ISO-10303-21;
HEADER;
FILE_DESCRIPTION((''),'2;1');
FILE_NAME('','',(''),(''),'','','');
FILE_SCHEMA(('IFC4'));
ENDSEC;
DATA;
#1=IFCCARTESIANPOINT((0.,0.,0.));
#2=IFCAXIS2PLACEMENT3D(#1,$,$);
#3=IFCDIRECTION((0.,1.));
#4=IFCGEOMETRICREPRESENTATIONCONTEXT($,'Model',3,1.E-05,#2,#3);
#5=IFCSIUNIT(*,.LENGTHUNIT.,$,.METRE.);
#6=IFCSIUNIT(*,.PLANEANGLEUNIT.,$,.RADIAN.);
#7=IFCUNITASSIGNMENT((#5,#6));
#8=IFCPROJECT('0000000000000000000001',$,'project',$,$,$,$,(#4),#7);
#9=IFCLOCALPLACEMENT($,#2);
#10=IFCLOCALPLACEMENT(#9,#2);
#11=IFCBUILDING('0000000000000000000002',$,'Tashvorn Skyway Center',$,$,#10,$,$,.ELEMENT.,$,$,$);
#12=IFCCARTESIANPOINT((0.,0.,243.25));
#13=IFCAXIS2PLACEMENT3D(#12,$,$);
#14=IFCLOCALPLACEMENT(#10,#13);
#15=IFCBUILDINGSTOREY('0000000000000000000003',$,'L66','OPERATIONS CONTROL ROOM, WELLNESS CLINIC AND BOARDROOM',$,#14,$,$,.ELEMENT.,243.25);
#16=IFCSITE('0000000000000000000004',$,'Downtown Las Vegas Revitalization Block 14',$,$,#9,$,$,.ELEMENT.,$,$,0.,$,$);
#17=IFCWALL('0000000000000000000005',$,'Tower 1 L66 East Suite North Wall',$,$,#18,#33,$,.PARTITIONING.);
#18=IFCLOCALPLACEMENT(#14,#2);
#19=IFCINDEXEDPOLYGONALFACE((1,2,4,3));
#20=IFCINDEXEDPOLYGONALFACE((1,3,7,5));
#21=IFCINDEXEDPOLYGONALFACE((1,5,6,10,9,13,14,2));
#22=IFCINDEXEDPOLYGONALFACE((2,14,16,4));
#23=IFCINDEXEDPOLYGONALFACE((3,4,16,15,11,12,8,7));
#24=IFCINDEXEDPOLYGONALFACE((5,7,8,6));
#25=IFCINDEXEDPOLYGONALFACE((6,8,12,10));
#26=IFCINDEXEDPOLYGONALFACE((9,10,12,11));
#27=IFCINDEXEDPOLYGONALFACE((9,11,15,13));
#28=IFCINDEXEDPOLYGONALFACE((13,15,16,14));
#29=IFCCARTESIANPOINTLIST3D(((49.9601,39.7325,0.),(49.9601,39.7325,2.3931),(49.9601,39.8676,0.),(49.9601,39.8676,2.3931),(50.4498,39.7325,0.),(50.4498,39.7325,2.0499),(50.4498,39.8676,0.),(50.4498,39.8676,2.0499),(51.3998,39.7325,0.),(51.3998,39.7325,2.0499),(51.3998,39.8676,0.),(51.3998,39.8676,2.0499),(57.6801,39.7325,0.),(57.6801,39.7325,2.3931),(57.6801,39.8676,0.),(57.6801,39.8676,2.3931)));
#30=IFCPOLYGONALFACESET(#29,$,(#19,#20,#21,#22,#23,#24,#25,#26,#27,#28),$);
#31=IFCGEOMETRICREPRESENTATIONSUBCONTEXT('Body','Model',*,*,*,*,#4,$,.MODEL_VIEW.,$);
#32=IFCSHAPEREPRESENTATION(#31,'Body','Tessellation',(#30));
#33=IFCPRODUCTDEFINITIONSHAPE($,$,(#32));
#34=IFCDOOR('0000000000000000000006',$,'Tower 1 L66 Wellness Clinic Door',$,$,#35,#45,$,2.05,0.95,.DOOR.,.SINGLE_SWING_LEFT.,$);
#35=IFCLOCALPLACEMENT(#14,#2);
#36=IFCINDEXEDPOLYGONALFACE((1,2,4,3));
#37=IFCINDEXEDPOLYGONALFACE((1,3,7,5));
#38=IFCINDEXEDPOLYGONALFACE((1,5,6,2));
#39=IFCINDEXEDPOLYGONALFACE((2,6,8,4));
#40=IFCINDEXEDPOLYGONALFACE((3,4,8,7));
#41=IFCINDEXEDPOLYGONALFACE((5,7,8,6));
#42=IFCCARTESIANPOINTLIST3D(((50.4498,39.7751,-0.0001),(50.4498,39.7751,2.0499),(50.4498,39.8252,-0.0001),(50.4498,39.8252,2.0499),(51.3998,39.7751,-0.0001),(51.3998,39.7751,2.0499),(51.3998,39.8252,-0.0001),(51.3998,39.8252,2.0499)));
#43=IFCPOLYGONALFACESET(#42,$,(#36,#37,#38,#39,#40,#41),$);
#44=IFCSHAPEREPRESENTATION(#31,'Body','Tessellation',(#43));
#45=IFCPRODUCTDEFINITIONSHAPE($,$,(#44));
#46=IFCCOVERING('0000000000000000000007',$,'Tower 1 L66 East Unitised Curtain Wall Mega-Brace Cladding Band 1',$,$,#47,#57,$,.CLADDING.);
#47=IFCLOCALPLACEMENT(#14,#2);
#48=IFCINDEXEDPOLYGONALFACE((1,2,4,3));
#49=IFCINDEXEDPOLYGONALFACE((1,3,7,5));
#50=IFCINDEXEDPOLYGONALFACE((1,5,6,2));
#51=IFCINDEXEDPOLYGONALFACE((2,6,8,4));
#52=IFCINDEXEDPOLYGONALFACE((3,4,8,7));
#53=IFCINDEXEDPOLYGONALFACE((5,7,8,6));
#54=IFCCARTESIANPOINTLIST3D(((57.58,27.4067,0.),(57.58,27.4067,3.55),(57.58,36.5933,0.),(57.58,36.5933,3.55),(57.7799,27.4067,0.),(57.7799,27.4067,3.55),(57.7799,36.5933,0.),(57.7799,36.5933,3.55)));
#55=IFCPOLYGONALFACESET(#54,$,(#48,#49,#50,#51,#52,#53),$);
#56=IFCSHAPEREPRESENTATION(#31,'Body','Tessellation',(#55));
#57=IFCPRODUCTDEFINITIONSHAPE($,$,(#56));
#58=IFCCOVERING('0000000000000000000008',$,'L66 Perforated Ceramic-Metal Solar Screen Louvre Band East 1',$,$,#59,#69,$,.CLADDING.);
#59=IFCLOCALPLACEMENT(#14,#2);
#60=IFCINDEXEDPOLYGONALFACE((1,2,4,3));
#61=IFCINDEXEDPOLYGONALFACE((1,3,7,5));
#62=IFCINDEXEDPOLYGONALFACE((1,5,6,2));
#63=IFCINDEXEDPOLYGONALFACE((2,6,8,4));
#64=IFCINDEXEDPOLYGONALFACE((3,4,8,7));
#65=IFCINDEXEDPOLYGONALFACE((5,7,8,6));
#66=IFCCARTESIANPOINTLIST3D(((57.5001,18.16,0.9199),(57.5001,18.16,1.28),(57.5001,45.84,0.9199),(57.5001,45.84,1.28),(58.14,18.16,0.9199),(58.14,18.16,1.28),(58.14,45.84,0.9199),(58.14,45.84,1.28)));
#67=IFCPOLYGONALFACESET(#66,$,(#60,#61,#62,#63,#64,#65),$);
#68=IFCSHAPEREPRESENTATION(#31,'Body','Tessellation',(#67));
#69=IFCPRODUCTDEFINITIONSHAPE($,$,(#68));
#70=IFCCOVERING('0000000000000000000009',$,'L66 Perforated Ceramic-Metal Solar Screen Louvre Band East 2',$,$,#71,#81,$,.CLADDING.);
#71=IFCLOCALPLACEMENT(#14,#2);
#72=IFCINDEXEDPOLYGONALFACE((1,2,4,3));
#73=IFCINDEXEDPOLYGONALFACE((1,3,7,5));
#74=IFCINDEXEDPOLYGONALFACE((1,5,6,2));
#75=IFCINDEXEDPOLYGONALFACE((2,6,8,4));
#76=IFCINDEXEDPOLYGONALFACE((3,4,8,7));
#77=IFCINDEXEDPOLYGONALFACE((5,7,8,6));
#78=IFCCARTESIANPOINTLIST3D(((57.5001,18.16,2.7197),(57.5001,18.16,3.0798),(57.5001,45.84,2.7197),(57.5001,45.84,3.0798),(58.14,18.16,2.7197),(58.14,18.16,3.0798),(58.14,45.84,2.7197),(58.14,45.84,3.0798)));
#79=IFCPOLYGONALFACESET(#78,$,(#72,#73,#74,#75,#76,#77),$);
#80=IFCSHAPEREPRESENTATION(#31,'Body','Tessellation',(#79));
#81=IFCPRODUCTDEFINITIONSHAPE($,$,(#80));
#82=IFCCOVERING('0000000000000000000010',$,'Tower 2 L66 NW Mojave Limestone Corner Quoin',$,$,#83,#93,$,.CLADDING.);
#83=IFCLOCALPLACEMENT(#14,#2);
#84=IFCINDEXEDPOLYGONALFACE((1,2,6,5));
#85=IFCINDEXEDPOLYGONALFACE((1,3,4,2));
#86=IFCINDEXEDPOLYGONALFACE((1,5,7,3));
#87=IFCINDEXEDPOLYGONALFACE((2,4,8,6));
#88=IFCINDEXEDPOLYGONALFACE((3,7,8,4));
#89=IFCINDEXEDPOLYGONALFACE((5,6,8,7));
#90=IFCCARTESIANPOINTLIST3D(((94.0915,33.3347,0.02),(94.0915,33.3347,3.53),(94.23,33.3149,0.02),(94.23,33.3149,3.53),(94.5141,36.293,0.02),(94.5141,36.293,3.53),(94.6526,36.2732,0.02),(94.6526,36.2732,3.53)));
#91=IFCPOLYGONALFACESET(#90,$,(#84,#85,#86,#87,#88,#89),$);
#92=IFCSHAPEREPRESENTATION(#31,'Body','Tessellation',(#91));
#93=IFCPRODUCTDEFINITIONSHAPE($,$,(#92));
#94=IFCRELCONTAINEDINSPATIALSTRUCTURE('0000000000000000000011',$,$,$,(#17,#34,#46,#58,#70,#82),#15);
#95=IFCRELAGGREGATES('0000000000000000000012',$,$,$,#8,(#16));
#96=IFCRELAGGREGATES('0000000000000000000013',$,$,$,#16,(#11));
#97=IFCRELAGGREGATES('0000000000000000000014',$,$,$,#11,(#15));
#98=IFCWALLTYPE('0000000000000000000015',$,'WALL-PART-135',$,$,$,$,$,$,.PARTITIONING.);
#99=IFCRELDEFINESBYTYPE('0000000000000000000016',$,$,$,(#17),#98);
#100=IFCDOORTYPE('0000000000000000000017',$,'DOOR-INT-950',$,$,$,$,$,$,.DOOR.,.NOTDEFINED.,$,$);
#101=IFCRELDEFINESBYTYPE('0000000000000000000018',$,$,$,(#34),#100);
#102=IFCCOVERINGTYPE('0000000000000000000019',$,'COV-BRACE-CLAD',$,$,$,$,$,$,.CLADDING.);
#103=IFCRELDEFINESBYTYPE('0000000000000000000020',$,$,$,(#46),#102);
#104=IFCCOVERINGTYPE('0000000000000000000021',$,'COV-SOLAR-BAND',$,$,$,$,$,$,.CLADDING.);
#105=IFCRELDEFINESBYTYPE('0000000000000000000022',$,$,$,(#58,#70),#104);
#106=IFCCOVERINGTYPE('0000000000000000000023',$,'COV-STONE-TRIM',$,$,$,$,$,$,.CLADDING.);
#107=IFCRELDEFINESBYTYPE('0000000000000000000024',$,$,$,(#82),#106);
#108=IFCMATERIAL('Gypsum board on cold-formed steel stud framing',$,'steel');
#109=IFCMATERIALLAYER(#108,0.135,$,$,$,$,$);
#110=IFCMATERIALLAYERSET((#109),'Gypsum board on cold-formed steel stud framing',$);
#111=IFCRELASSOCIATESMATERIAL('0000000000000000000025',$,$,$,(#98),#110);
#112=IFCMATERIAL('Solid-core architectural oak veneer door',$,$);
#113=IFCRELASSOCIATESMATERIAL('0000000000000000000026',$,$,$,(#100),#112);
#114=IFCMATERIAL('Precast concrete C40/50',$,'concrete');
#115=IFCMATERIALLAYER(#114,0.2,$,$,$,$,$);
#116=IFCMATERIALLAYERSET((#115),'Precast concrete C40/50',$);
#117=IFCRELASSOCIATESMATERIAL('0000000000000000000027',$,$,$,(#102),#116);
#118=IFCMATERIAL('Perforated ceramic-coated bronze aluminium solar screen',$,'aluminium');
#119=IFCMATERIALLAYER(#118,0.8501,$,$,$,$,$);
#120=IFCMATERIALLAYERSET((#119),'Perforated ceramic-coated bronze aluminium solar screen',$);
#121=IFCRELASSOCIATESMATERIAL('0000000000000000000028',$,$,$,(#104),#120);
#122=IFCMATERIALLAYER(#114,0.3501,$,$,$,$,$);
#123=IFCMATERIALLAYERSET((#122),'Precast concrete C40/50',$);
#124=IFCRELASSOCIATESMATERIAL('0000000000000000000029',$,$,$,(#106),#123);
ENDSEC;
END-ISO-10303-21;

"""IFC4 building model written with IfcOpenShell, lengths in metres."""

from ifc_helpers import new_model, si_unit, direction, frame, frame_2d, origin, origin_2d, place, context, subcontext, project, spatial, rectangle, extrude, material, layer, layer_set, type_object, element, fill, save


model = new_model("IFC4")

# Units and contexts
model_context = context("Model", 3, precision=1e-05, world=origin(), true_north=direction((0.0, 1.0)))
body_context = subcontext(model_context, "Body", "Model", "MODEL_VIEW")
ifc_project = project(units=[si_unit("LENGTHUNIT", "METRE"), si_unit("PLANEANGLEUNIT", "RADIAN")], contexts=[model_context])

# Site, building, storey
site_placement = place(None, origin())
site = spatial("IfcSite", under=ifc_project, at=site_placement, Name="Downtown Las Vegas Revitalization Block 14", CompositionType="ELEMENT", RefElevation=0.0)
building_placement = place(site_placement, origin())
building = spatial("IfcBuilding", under=site, at=building_placement, Name="Tashvorn Skyway Center", CompositionType="ELEMENT")
storey_placement = place(building_placement, frame((0.0, 0.0, 243.25)))
storey = spatial("IfcBuildingStorey", under=building, at=storey_placement, Name="L66", Description="OPERATIONS CONTROL ROOM, WELLNESS CLINIC AND BOARDROOM", CompositionType="ELEMENT", Elevation=243.25)

# Shared definitions
ifc_material_1 = material(Name="Precast concrete C40/50", Category="concrete")

# Wall, opening, door
ifc_material_2 = material(Name="Gypsum board on cold-formed steel stud framing", Category="steel")
ifc_layer_1 = layer(ifc_material_2, 0.135)
ifc_layer_set_1 = layer_set([ifc_layer_1], Name="Gypsum board on cold-formed steel stud framing")
wall_type_1 = type_object("IfcWallType", Name="WALL-PART-135", PredefinedType="PARTITIONING", material=ifc_layer_set_1)
wall_1_placement = place(storey_placement, frame((57.6799, 39.8, 0.0), z_axis=(0.0, 0.0, 1.0), x_axis=(-1.0, 0.0, 0.0)))
wall_1 = element("IfcWall", 1, at=wall_1_placement, inside=storey, type_object=wall_type_1, Name="Tower 1 L66 East Suite North Wall", PredefinedType="PARTITIONING", context=body_context, shape_type="SweptSolid", body=[
    extrude(rectangle(XDim=7.72, YDim=0.135, at=frame_2d((3.8599, 0.0))), origin(), (0.0, 0.0, 1.0), 2.3931),
])
opening_placement = place(wall_1_placement, frame((6.28, 0.0, 0.0)))
opening = element("IfcOpeningElement", 2, at=opening_placement, cuts=wall_1, PredefinedType="OPENING", context=body_context, shape_type="SweptSolid", body=[
    extrude(rectangle(XDim=0.95, YDim=2.05, at=frame_2d((0.4751, 1.0249))), frame((0.0, 0.0774, 0.0), z_axis=(0.0, -1.0, 0.0), x_axis=(1.0, 0.0, 0.0)), (0.0, 0.0, 1.0), 0.155),
])
ifc_material_3 = material(Name="Solid-core architectural oak veneer door")
door_type = type_object("IfcDoorType", Name="DOOR-INT-950", OperationType="NOTDEFINED", PredefinedType="DOOR", material=ifc_material_3)
door_placement = place(opening_placement, origin())
door = element("IfcDoor", 3, at=door_placement, inside=storey, type_object=door_type, Name="Tower 1 L66 Wellness Clinic Door", OperationType="SINGLE_SWING_LEFT", OverallHeight=2.05, OverallWidth=0.95, PredefinedType="DOOR", context=body_context, shape_type="SweptSolid", body=[
    extrude(rectangle(XDim=0.95, YDim=2.05, at=frame_2d((0.4751, 1.0249))), frame((0.0, 0.0249, 0.0), z_axis=(0.0, -1.0, 0.0), x_axis=(1.0, 0.0, 0.0)), (0.0, 0.0, 1.0), 0.05),
])
fill(opening, door)

# Coverings
ifc_layer_2 = layer(ifc_material_1, 0.2)
ifc_layer_set_2 = layer_set([ifc_layer_2], Name="Precast concrete C40/50")
covering_type_1 = type_object("IfcCoveringType", Name="COV-BRACE-CLAD", PredefinedType="CLADDING", material=ifc_layer_set_2)
covering_1_placement = place(storey_placement, frame((57.6799, 32.0, 0.0), z_axis=(0.0, 0.0, 1.0), x_axis=(0.0, -1.0, 0.0)))
element("IfcCovering", 4, at=covering_1_placement, inside=storey, type_object=covering_type_1, Name="Tower 1 L66 East Unitised Curtain Wall Mega-Brace Cladding Band 1", PredefinedType="CLADDING", context=body_context, shape_type="SweptSolid", body=[
    extrude(rectangle(XDim=9.1865, YDim=0.2, at=origin_2d()), origin(), (0.0, 0.0, 1.0), 3.55),
])
ifc_material_4 = material(Name="Perforated ceramic-coated bronze aluminium solar screen", Category="aluminium")
ifc_layer_3 = layer(ifc_material_4, 0.8501)
ifc_layer_set_3 = layer_set([ifc_layer_3], Name="Perforated ceramic-coated bronze aluminium solar screen")
covering_type_2 = type_object("IfcCoveringType", Name="COV-SOLAR-BAND", PredefinedType="CLADDING", material=ifc_layer_set_3)
for number, where, z_axis, x_axis, name in (
    (5, (57.8201, 32.0, 0.9199), (0.0, 0.0, 1.0), (0.0, -1.0, 0.0), "L66 Perforated Ceramic-Metal Solar Screen Louvre Band East 1"),
    (6, (57.8201, 32.0, 2.7197), (0.0, 0.0, 1.0), (0.0, -1.0, 0.0), "L66 Perforated Ceramic-Metal Solar Screen Louvre Band East 2"),
):
    element("IfcCovering", number, at=place(storey_placement, frame(where, z_axis=z_axis, x_axis=x_axis)), inside=storey, type_object=covering_type_2, Name=name, PredefinedType="CLADDING", context=body_context, shape_type="SweptSolid", body=[
        extrude(rectangle(XDim=27.6799, YDim=0.6399, at=origin_2d()), origin(), (0.0, 0.0, 1.0), 0.3601),
    ])
ifc_layer_4 = layer(ifc_material_1, 0.3501)
ifc_layer_set_4 = layer_set([ifc_layer_4], Name="Precast concrete C40/50")
covering_type_3 = type_object("IfcCoveringType", Name="COV-STONE-TRIM", PredefinedType="CLADDING", material=ifc_layer_set_4)
covering_2_placement = place(storey_placement, frame((94.3721, 34.804, 0.02), z_axis=(0.0, 0.0, 1.0), x_axis=(-0.141421, -0.989949, 0.0)))
element("IfcCovering", 7, at=covering_2_placement, inside=storey, type_object=covering_type_3, Name="Tower 2 L66 NW Mojave Limestone Corner Quoin", PredefinedType="CLADDING", context=body_context, shape_type="SweptSolid", body=[
    extrude(rectangle(XDim=2.9883, YDim=0.1399, at=origin_2d()), origin(), (0.0, 0.0, 1.0), 3.51),
])

save(model, "model.ifc")
